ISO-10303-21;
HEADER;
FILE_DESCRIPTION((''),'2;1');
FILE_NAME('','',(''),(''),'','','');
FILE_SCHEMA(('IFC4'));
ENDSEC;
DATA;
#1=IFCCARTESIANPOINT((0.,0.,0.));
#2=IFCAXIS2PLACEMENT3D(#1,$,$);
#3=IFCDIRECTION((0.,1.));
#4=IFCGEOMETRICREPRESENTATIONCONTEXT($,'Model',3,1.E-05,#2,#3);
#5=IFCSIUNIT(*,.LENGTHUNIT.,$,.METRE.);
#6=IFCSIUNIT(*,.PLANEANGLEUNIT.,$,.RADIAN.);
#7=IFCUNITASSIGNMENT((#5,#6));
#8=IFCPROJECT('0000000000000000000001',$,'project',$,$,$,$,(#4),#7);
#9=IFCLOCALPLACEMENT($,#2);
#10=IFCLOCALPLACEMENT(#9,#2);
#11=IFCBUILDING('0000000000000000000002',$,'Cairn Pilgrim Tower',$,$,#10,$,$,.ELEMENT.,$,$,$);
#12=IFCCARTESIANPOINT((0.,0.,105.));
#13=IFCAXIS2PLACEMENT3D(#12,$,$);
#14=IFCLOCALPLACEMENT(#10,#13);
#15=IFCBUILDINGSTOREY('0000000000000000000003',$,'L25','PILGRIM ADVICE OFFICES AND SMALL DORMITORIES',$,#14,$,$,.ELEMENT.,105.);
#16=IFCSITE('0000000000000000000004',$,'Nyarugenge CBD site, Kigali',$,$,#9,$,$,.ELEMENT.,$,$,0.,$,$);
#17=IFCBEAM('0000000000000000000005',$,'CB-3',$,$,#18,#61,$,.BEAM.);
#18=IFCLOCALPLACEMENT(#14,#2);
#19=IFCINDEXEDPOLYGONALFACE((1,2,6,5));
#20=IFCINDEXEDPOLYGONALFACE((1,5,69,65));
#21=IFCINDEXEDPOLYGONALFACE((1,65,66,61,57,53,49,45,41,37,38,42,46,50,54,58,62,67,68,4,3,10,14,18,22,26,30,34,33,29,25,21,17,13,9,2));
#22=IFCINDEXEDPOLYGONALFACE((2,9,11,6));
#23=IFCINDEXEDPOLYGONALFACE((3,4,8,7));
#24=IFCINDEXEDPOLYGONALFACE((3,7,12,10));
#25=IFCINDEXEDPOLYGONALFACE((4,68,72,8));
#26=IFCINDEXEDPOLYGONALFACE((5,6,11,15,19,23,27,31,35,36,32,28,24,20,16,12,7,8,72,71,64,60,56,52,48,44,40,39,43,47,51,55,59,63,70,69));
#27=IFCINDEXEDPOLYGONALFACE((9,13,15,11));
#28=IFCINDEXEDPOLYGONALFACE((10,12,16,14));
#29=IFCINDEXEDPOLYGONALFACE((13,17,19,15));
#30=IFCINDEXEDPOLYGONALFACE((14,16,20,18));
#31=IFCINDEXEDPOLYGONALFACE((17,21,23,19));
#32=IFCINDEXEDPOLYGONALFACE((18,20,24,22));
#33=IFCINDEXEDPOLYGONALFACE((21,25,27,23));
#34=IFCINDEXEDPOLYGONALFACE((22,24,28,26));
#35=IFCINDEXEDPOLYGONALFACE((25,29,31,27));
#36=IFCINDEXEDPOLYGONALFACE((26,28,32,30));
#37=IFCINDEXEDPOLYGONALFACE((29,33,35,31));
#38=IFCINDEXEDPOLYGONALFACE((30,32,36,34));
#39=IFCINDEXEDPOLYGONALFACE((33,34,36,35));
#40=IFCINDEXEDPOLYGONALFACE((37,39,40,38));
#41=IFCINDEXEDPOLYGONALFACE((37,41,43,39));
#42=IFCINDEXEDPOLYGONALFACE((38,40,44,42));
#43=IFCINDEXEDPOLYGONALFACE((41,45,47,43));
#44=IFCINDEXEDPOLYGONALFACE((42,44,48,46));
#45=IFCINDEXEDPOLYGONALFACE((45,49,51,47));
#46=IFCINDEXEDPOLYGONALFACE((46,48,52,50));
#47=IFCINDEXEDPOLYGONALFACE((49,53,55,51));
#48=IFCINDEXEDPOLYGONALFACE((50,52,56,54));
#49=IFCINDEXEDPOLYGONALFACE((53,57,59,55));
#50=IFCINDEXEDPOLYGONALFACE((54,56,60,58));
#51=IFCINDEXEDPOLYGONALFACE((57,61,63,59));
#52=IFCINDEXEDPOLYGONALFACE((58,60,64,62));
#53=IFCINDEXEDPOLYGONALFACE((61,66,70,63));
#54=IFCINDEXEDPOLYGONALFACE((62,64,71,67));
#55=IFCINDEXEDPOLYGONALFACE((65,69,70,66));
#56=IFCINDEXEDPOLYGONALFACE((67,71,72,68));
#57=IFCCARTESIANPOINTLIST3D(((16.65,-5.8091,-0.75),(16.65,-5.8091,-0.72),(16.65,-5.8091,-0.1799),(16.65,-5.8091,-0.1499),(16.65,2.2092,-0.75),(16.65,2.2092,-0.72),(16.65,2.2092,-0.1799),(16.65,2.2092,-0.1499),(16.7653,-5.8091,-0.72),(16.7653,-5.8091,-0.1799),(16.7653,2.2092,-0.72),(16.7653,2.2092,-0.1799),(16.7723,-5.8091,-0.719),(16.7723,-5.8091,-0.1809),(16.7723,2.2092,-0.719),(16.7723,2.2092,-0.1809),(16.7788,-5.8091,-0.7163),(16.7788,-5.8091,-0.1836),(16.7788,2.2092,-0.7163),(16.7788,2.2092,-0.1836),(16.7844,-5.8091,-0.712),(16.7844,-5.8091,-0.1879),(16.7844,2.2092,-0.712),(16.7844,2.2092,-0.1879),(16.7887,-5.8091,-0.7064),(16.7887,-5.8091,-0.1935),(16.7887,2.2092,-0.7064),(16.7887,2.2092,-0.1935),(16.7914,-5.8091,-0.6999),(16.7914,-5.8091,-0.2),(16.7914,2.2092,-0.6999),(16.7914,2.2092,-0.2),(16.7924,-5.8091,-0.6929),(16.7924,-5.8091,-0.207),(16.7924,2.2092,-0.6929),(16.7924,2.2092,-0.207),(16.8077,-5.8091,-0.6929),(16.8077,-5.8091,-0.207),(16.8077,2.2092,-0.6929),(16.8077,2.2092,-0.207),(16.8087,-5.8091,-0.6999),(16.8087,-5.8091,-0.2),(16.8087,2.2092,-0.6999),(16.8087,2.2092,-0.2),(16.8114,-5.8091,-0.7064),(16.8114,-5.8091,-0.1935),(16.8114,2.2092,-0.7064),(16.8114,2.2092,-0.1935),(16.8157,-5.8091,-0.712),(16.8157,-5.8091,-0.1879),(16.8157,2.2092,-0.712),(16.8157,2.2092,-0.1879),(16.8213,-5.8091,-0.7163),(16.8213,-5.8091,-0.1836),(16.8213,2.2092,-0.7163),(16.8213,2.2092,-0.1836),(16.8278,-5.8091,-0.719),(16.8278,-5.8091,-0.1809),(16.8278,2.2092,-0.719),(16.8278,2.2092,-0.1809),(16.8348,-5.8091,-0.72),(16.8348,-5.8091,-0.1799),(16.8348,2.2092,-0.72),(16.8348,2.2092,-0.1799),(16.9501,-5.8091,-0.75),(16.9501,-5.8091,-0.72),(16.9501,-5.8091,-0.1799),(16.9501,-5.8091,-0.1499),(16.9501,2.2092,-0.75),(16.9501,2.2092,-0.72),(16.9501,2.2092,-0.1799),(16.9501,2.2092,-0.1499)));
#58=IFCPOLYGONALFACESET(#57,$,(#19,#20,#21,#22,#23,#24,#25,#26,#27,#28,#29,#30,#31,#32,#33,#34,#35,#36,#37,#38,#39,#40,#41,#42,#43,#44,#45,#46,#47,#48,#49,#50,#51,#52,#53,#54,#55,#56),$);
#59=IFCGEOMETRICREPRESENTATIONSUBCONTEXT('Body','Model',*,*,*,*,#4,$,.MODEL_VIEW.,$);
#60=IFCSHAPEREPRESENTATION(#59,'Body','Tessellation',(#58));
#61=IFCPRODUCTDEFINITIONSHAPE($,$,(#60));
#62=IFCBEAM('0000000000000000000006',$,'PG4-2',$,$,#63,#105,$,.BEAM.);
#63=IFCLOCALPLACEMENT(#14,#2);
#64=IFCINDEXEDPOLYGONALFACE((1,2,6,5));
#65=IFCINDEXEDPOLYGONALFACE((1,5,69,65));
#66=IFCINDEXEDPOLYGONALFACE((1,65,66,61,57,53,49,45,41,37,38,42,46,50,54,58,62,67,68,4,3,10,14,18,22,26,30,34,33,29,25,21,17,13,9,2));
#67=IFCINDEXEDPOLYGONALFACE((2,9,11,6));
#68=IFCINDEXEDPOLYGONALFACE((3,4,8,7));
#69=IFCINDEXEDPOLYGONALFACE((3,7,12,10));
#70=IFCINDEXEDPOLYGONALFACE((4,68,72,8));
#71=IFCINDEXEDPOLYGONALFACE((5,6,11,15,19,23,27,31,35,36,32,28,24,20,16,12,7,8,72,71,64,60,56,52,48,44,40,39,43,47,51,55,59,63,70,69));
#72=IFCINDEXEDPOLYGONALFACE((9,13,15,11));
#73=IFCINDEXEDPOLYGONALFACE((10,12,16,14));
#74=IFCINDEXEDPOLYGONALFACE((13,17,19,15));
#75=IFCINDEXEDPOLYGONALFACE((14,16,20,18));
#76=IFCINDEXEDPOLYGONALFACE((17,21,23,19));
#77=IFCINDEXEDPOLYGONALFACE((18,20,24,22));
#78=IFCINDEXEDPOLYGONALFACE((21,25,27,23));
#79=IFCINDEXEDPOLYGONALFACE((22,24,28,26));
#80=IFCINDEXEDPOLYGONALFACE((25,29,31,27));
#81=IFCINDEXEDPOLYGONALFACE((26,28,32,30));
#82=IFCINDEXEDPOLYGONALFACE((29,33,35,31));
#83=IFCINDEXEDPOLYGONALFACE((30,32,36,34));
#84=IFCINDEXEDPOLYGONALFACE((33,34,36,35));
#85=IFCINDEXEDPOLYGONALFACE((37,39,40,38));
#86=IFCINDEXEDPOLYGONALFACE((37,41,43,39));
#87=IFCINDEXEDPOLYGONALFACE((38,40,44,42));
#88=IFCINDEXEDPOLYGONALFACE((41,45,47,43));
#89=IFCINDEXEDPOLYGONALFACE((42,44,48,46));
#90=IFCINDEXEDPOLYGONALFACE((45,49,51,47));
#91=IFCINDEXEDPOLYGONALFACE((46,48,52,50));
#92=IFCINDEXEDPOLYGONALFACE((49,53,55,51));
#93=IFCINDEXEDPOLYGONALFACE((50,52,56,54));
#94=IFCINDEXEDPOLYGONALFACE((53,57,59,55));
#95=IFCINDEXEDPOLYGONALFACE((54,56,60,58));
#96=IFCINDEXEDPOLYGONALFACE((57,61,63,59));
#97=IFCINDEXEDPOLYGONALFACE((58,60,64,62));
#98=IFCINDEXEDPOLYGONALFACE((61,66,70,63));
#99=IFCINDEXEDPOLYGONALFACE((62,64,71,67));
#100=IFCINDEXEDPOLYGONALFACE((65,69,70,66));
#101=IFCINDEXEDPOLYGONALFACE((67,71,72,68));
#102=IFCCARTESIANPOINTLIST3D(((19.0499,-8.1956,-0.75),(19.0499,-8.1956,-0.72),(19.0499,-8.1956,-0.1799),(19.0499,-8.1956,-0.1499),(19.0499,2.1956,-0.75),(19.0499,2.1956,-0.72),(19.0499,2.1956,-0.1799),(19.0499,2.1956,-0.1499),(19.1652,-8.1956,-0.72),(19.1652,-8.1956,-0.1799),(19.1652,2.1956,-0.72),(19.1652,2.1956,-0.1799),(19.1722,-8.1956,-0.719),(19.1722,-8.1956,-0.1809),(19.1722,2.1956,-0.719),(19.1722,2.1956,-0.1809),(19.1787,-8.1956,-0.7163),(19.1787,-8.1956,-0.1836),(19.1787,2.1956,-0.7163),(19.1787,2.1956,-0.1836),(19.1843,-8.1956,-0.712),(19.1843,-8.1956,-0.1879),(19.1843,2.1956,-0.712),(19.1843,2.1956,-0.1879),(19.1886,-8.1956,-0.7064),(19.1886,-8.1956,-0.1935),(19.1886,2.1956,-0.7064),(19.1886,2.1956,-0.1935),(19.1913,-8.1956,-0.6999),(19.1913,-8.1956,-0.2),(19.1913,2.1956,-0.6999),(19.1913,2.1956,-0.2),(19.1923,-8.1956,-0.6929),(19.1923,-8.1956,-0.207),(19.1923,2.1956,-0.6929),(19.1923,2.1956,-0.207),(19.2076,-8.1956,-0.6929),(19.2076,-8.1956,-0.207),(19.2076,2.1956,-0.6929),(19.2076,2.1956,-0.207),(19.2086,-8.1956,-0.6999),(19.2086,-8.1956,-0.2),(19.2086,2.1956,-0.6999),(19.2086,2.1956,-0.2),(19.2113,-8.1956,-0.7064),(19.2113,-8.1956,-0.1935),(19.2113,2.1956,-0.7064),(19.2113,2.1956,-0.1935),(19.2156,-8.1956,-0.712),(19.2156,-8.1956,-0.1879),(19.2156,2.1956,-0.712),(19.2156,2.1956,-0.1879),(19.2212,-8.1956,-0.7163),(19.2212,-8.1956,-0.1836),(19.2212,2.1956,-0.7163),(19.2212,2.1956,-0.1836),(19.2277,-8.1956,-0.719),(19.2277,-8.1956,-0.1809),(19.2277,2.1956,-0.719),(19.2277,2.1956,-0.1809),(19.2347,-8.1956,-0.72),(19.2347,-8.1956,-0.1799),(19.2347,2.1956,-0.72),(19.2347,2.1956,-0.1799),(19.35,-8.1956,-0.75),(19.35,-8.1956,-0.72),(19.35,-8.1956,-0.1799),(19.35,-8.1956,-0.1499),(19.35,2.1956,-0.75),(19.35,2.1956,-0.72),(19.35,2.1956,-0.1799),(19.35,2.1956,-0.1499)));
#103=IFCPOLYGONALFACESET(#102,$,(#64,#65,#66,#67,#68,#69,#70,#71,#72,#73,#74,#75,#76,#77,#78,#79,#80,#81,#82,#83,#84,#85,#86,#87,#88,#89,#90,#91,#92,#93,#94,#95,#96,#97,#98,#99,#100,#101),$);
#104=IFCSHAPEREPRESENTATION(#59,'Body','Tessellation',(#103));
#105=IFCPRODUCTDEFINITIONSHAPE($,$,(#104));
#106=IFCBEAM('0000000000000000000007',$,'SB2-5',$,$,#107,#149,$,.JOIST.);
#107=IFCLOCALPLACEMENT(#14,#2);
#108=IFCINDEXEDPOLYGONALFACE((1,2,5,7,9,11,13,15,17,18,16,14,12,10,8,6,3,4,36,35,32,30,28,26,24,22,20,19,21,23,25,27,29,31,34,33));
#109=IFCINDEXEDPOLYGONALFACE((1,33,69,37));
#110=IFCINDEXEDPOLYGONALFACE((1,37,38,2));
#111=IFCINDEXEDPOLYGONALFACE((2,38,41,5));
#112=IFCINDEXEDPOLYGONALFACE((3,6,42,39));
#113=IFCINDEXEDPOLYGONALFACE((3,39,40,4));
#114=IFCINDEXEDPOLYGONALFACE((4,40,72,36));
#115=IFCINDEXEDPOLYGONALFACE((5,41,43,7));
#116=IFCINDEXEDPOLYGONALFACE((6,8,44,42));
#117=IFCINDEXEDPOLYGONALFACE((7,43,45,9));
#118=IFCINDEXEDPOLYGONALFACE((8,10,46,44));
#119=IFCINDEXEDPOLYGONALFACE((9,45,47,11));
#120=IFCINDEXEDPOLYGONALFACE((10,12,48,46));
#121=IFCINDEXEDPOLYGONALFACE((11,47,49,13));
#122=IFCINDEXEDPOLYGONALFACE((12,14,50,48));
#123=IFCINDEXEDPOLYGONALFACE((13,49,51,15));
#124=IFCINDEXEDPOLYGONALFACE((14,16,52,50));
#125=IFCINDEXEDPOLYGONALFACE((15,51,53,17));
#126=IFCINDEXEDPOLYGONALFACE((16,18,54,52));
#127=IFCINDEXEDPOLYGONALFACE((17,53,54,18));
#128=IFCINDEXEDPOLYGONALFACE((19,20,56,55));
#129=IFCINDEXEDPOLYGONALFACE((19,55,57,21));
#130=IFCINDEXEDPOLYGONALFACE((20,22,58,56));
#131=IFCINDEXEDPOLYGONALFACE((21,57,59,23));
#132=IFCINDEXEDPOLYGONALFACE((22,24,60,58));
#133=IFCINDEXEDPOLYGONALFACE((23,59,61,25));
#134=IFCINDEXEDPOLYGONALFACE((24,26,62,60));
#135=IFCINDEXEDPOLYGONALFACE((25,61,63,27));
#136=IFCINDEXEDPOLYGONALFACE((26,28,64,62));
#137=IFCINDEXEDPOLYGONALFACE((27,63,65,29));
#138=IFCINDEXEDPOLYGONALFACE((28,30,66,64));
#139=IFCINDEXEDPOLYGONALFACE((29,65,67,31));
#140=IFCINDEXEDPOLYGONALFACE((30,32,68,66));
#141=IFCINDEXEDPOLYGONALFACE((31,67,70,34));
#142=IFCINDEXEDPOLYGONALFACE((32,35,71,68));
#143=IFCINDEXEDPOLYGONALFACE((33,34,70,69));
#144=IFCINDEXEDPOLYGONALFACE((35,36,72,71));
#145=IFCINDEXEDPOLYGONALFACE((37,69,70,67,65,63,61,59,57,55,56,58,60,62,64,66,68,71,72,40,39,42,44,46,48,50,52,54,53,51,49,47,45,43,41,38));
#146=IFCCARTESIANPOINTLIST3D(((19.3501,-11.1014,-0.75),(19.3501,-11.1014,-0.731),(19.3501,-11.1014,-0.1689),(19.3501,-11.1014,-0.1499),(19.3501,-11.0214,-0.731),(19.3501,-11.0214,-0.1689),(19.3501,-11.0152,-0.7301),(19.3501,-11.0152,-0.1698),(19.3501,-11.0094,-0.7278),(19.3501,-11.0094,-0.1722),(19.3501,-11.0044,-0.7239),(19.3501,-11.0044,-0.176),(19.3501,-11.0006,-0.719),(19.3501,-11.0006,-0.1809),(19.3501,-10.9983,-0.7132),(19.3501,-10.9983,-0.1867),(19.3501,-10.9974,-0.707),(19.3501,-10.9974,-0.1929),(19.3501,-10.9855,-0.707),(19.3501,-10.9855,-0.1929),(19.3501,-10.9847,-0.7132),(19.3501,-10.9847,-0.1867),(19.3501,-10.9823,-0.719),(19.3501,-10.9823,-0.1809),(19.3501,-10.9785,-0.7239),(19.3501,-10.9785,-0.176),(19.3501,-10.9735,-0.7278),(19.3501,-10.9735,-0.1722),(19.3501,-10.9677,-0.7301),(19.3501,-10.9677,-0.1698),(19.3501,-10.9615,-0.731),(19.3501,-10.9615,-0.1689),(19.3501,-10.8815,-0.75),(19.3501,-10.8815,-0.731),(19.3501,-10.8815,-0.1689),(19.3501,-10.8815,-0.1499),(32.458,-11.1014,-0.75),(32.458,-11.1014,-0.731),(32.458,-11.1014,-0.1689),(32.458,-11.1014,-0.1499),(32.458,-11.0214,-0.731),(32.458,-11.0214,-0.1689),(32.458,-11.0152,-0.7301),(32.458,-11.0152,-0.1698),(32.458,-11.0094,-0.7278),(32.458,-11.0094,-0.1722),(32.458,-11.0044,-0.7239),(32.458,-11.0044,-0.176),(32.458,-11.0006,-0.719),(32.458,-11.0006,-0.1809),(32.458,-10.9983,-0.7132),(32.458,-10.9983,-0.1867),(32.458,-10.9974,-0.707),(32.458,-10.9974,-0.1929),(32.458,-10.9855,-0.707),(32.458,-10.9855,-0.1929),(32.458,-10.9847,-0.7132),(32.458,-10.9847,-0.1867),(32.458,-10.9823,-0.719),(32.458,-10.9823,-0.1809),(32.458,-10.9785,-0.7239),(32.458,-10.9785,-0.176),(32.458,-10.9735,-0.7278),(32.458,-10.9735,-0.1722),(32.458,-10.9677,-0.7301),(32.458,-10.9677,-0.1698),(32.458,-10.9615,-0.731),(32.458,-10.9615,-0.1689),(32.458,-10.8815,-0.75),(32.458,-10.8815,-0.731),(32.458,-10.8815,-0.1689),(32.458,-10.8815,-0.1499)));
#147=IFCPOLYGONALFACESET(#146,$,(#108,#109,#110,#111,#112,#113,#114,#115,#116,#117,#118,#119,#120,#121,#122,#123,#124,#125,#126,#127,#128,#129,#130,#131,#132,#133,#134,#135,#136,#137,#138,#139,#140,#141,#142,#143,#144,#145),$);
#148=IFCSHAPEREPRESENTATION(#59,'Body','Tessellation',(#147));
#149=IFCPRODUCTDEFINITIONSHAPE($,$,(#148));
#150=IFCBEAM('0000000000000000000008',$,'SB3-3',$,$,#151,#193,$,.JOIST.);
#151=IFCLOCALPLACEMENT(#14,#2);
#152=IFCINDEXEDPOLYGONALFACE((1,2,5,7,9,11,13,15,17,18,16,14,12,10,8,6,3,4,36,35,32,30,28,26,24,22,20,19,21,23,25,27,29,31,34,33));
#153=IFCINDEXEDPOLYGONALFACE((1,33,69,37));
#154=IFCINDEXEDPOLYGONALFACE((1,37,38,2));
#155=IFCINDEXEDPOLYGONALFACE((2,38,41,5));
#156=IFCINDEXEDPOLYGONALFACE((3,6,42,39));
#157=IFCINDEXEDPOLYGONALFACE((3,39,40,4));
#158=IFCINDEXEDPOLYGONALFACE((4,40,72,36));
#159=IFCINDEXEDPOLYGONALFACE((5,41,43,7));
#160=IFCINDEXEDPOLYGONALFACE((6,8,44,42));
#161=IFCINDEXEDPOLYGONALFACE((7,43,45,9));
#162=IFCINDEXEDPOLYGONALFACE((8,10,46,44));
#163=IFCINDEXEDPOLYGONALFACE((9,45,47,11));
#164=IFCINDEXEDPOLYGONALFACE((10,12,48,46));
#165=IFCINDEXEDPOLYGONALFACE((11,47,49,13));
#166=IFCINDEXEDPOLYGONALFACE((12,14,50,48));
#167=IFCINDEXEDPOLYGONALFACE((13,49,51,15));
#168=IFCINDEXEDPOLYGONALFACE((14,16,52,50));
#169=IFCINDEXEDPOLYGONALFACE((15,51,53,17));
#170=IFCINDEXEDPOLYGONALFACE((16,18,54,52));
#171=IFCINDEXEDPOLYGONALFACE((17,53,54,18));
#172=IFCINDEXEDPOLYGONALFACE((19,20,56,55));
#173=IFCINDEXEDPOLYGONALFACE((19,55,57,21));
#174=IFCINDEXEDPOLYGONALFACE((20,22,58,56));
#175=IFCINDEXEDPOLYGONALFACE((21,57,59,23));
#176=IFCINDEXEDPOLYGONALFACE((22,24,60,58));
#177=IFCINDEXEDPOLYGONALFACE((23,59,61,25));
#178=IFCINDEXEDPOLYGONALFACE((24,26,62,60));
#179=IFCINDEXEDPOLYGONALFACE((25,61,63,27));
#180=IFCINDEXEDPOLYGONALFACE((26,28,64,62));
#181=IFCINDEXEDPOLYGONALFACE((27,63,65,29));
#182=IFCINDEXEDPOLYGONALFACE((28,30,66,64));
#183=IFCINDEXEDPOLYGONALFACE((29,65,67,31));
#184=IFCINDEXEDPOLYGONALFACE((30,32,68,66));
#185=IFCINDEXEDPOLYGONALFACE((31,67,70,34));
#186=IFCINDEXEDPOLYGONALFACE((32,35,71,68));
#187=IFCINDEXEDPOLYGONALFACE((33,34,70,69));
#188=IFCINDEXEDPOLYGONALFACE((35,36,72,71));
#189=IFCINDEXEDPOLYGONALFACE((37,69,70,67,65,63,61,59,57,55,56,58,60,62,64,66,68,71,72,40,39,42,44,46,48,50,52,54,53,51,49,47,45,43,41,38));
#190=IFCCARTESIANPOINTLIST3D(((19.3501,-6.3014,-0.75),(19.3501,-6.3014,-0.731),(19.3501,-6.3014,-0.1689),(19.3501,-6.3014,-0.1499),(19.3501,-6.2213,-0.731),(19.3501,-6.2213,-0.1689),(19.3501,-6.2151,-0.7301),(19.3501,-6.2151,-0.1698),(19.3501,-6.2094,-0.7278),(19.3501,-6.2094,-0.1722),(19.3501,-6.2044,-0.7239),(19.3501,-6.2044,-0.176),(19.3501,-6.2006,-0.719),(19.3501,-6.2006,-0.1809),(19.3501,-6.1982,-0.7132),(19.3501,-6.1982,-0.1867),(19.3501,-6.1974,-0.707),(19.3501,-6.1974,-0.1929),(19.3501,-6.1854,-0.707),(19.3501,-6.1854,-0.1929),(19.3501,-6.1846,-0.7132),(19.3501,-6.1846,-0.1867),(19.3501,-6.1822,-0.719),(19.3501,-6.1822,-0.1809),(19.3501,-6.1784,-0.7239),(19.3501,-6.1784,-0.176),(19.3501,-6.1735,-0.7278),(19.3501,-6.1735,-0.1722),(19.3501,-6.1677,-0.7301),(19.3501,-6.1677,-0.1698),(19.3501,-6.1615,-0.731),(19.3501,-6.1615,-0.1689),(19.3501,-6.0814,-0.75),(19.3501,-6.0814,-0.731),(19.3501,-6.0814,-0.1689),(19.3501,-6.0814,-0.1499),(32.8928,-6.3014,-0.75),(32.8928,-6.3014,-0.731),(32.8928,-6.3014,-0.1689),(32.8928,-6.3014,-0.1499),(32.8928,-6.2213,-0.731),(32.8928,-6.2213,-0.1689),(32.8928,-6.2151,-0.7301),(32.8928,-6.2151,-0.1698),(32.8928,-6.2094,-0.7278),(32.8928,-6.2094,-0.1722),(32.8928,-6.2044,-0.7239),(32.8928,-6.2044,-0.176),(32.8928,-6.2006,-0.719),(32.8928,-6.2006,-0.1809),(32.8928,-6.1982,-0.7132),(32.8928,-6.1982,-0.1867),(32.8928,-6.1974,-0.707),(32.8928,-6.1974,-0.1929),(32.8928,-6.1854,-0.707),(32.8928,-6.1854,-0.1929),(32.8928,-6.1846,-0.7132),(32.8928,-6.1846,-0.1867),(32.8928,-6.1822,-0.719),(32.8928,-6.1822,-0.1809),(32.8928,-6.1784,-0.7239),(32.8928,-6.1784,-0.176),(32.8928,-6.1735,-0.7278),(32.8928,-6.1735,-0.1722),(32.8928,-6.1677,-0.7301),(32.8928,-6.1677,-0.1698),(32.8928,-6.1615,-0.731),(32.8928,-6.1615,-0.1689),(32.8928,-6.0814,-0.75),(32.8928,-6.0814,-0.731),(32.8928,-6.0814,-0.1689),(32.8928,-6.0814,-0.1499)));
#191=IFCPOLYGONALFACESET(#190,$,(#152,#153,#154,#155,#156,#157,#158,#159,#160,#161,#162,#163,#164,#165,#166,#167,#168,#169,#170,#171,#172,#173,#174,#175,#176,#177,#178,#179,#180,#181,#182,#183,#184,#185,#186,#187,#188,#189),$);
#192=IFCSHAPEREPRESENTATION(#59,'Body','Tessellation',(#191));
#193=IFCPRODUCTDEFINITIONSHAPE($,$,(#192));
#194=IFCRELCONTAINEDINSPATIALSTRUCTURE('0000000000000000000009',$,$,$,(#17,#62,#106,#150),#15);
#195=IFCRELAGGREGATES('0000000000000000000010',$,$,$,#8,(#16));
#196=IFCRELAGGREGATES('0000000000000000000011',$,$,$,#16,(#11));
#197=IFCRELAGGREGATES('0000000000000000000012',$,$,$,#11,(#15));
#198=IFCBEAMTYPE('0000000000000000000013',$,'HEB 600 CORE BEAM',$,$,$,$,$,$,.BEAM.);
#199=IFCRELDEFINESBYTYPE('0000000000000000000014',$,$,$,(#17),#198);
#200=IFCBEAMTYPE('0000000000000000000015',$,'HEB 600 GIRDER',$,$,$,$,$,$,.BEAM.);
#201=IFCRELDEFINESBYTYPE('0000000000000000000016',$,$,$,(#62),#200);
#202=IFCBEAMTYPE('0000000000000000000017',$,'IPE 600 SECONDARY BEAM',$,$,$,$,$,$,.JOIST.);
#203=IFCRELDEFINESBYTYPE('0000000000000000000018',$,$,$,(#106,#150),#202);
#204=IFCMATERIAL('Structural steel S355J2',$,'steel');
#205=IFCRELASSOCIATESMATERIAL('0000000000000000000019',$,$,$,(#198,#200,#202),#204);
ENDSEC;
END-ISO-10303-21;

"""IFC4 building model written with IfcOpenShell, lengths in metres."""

from ifc_helpers import new_model, si_unit, direction, frame, origin, origin_2d, place, context, subcontext, project, spatial, i_section, extrude, material, material_profile, profile_set, type_object, element, save


model = new_model("IFC4")

# Units and contexts
model_context = context("Model", 3, precision=1e-05, world=origin(), true_north=direction((0.0, 1.0)))
body_context = subcontext(model_context, "Body", "Model", "MODEL_VIEW")
ifc_project = project(units=[si_unit("LENGTHUNIT", "METRE"), si_unit("PLANEANGLEUNIT", "RADIAN")], contexts=[model_context])

# Site, building, storey
site_placement = place(None, origin())
site = spatial("IfcSite", under=ifc_project, at=site_placement, Name="Nyarugenge CBD site, Kigali", CompositionType="ELEMENT", RefElevation=0.0)
building_placement = place(site_placement, origin())
building = spatial("IfcBuilding", under=site, at=building_placement, Name="Cairn Pilgrim Tower", CompositionType="ELEMENT")
storey_placement = place(building_placement, frame((0.0, 0.0, 105.0)))
storey = spatial("IfcBuildingStorey", under=building, at=storey_placement, Name="L25", Description="PILGRIM ADVICE OFFICES AND SMALL DORMITORIES", CompositionType="ELEMENT", Elevation=105.0)

# Beams
ifc_material_1 = material(Name="Structural steel S355J2", Category="steel")
ifc_material_profile_1 = material_profile(ifc_material_1, i_section(OverallWidth=0.3, OverallDepth=0.6001, WebThickness=0.0154, FlangeThickness=0.03, FilletRadius=0.0271, at=origin_2d()), Name="HEB 600")
ifc_profile_set_1 = profile_set([ifc_material_profile_1], Name="Structural steel S355J2")
beam_type_1 = type_object("IfcBeamType", Name="HEB 600 CORE BEAM", PredefinedType="BEAM", material=ifc_profile_set_1)
beam_1_placement = place(storey_placement, frame((16.8, -5.8091, -0.45), z_axis=(0.0, 1.0, 0.0), x_axis=(-1.0, 0.0, 0.0)))
element("IfcBeam", 1, at=beam_1_placement, inside=storey, type_object=beam_type_1, Name="CB-3", PredefinedType="BEAM", context=body_context, shape_type="SweptSolid", body=[
    extrude(i_section(OverallWidth=0.3, OverallDepth=0.6001, WebThickness=0.0154, FlangeThickness=0.03, FilletRadius=0.0271, at=origin_2d()), origin(), (0.0, 0.0, 1.0), 8.0183),
])
ifc_material_profile_2 = material_profile(ifc_material_1, i_section(OverallWidth=0.3, OverallDepth=0.6001, WebThickness=0.0154, FlangeThickness=0.03, FilletRadius=0.0271, at=origin_2d()), Name="HEB 600")
ifc_profile_set_2 = profile_set([ifc_material_profile_2], Name="Structural steel S355J2")
beam_type_2 = type_object("IfcBeamType", Name="HEB 600 GIRDER", PredefinedType="BEAM", material=ifc_profile_set_2)
beam_2_placement = place(storey_placement, frame((19.2, -8.1956, -0.45), z_axis=(0.0, 1.0, 0.0), x_axis=(-1.0, 0.0, 0.0)))
element("IfcBeam", 2, at=beam_2_placement, inside=storey, type_object=beam_type_2, Name="PG4-2", PredefinedType="BEAM", context=body_context, shape_type="SweptSolid", body=[
    extrude(i_section(OverallWidth=0.3, OverallDepth=0.6001, WebThickness=0.0154, FlangeThickness=0.03, FilletRadius=0.0271, at=origin_2d()), origin(), (0.0, 0.0, 1.0), 10.3911),
])
ifc_material_profile_3 = material_profile(ifc_material_1, i_section(OverallWidth=0.22, OverallDepth=0.6001, WebThickness=0.012, FlangeThickness=0.019, FilletRadius=0.0239, at=origin_2d()), Name="IPE 600")
ifc_profile_set_3 = profile_set([ifc_material_profile_3], Name="Structural steel S355J2")
beam_type_3 = type_object("IfcBeamType", Name="IPE 600 SECONDARY BEAM", PredefinedType="JOIST", material=ifc_profile_set_3)
beam_3_placement = place(storey_placement, frame((19.3501, -10.9915, -0.45), z_axis=(1.0, 0.0, 0.0), x_axis=(0.0, 1.0, 0.0)))
element("IfcBeam", 3, at=beam_3_placement, inside=storey, type_object=beam_type_3, Name="SB2-5", PredefinedType="JOIST", context=body_context, shape_type="SweptSolid", body=[
    extrude(i_section(OverallWidth=0.22, OverallDepth=0.6001, WebThickness=0.012, FlangeThickness=0.019, FilletRadius=0.0239, at=origin_2d()), origin(), (0.0, 0.0, 1.0), 13.1079),
])
for number, where, z_axis, x_axis, name in (
    (4, (19.3501, -6.1914, -0.45), (1.0, 0.0, 0.0), (0.0, 1.0, 0.0), "SB3-3"),
):
    element("IfcBeam", number, at=place(storey_placement, frame(where, z_axis=z_axis, x_axis=x_axis)), inside=storey, type_object=beam_type_3, Name=name, PredefinedType="JOIST", context=body_context, shape_type="SweptSolid", body=[
        extrude(i_section(OverallWidth=0.22, OverallDepth=0.6001, WebThickness=0.012, FlangeThickness=0.019, FilletRadius=0.0239, at=origin_2d()), origin(), (0.0, 0.0, 1.0), 13.5427),
    ])

save(model, "model.ifc")
